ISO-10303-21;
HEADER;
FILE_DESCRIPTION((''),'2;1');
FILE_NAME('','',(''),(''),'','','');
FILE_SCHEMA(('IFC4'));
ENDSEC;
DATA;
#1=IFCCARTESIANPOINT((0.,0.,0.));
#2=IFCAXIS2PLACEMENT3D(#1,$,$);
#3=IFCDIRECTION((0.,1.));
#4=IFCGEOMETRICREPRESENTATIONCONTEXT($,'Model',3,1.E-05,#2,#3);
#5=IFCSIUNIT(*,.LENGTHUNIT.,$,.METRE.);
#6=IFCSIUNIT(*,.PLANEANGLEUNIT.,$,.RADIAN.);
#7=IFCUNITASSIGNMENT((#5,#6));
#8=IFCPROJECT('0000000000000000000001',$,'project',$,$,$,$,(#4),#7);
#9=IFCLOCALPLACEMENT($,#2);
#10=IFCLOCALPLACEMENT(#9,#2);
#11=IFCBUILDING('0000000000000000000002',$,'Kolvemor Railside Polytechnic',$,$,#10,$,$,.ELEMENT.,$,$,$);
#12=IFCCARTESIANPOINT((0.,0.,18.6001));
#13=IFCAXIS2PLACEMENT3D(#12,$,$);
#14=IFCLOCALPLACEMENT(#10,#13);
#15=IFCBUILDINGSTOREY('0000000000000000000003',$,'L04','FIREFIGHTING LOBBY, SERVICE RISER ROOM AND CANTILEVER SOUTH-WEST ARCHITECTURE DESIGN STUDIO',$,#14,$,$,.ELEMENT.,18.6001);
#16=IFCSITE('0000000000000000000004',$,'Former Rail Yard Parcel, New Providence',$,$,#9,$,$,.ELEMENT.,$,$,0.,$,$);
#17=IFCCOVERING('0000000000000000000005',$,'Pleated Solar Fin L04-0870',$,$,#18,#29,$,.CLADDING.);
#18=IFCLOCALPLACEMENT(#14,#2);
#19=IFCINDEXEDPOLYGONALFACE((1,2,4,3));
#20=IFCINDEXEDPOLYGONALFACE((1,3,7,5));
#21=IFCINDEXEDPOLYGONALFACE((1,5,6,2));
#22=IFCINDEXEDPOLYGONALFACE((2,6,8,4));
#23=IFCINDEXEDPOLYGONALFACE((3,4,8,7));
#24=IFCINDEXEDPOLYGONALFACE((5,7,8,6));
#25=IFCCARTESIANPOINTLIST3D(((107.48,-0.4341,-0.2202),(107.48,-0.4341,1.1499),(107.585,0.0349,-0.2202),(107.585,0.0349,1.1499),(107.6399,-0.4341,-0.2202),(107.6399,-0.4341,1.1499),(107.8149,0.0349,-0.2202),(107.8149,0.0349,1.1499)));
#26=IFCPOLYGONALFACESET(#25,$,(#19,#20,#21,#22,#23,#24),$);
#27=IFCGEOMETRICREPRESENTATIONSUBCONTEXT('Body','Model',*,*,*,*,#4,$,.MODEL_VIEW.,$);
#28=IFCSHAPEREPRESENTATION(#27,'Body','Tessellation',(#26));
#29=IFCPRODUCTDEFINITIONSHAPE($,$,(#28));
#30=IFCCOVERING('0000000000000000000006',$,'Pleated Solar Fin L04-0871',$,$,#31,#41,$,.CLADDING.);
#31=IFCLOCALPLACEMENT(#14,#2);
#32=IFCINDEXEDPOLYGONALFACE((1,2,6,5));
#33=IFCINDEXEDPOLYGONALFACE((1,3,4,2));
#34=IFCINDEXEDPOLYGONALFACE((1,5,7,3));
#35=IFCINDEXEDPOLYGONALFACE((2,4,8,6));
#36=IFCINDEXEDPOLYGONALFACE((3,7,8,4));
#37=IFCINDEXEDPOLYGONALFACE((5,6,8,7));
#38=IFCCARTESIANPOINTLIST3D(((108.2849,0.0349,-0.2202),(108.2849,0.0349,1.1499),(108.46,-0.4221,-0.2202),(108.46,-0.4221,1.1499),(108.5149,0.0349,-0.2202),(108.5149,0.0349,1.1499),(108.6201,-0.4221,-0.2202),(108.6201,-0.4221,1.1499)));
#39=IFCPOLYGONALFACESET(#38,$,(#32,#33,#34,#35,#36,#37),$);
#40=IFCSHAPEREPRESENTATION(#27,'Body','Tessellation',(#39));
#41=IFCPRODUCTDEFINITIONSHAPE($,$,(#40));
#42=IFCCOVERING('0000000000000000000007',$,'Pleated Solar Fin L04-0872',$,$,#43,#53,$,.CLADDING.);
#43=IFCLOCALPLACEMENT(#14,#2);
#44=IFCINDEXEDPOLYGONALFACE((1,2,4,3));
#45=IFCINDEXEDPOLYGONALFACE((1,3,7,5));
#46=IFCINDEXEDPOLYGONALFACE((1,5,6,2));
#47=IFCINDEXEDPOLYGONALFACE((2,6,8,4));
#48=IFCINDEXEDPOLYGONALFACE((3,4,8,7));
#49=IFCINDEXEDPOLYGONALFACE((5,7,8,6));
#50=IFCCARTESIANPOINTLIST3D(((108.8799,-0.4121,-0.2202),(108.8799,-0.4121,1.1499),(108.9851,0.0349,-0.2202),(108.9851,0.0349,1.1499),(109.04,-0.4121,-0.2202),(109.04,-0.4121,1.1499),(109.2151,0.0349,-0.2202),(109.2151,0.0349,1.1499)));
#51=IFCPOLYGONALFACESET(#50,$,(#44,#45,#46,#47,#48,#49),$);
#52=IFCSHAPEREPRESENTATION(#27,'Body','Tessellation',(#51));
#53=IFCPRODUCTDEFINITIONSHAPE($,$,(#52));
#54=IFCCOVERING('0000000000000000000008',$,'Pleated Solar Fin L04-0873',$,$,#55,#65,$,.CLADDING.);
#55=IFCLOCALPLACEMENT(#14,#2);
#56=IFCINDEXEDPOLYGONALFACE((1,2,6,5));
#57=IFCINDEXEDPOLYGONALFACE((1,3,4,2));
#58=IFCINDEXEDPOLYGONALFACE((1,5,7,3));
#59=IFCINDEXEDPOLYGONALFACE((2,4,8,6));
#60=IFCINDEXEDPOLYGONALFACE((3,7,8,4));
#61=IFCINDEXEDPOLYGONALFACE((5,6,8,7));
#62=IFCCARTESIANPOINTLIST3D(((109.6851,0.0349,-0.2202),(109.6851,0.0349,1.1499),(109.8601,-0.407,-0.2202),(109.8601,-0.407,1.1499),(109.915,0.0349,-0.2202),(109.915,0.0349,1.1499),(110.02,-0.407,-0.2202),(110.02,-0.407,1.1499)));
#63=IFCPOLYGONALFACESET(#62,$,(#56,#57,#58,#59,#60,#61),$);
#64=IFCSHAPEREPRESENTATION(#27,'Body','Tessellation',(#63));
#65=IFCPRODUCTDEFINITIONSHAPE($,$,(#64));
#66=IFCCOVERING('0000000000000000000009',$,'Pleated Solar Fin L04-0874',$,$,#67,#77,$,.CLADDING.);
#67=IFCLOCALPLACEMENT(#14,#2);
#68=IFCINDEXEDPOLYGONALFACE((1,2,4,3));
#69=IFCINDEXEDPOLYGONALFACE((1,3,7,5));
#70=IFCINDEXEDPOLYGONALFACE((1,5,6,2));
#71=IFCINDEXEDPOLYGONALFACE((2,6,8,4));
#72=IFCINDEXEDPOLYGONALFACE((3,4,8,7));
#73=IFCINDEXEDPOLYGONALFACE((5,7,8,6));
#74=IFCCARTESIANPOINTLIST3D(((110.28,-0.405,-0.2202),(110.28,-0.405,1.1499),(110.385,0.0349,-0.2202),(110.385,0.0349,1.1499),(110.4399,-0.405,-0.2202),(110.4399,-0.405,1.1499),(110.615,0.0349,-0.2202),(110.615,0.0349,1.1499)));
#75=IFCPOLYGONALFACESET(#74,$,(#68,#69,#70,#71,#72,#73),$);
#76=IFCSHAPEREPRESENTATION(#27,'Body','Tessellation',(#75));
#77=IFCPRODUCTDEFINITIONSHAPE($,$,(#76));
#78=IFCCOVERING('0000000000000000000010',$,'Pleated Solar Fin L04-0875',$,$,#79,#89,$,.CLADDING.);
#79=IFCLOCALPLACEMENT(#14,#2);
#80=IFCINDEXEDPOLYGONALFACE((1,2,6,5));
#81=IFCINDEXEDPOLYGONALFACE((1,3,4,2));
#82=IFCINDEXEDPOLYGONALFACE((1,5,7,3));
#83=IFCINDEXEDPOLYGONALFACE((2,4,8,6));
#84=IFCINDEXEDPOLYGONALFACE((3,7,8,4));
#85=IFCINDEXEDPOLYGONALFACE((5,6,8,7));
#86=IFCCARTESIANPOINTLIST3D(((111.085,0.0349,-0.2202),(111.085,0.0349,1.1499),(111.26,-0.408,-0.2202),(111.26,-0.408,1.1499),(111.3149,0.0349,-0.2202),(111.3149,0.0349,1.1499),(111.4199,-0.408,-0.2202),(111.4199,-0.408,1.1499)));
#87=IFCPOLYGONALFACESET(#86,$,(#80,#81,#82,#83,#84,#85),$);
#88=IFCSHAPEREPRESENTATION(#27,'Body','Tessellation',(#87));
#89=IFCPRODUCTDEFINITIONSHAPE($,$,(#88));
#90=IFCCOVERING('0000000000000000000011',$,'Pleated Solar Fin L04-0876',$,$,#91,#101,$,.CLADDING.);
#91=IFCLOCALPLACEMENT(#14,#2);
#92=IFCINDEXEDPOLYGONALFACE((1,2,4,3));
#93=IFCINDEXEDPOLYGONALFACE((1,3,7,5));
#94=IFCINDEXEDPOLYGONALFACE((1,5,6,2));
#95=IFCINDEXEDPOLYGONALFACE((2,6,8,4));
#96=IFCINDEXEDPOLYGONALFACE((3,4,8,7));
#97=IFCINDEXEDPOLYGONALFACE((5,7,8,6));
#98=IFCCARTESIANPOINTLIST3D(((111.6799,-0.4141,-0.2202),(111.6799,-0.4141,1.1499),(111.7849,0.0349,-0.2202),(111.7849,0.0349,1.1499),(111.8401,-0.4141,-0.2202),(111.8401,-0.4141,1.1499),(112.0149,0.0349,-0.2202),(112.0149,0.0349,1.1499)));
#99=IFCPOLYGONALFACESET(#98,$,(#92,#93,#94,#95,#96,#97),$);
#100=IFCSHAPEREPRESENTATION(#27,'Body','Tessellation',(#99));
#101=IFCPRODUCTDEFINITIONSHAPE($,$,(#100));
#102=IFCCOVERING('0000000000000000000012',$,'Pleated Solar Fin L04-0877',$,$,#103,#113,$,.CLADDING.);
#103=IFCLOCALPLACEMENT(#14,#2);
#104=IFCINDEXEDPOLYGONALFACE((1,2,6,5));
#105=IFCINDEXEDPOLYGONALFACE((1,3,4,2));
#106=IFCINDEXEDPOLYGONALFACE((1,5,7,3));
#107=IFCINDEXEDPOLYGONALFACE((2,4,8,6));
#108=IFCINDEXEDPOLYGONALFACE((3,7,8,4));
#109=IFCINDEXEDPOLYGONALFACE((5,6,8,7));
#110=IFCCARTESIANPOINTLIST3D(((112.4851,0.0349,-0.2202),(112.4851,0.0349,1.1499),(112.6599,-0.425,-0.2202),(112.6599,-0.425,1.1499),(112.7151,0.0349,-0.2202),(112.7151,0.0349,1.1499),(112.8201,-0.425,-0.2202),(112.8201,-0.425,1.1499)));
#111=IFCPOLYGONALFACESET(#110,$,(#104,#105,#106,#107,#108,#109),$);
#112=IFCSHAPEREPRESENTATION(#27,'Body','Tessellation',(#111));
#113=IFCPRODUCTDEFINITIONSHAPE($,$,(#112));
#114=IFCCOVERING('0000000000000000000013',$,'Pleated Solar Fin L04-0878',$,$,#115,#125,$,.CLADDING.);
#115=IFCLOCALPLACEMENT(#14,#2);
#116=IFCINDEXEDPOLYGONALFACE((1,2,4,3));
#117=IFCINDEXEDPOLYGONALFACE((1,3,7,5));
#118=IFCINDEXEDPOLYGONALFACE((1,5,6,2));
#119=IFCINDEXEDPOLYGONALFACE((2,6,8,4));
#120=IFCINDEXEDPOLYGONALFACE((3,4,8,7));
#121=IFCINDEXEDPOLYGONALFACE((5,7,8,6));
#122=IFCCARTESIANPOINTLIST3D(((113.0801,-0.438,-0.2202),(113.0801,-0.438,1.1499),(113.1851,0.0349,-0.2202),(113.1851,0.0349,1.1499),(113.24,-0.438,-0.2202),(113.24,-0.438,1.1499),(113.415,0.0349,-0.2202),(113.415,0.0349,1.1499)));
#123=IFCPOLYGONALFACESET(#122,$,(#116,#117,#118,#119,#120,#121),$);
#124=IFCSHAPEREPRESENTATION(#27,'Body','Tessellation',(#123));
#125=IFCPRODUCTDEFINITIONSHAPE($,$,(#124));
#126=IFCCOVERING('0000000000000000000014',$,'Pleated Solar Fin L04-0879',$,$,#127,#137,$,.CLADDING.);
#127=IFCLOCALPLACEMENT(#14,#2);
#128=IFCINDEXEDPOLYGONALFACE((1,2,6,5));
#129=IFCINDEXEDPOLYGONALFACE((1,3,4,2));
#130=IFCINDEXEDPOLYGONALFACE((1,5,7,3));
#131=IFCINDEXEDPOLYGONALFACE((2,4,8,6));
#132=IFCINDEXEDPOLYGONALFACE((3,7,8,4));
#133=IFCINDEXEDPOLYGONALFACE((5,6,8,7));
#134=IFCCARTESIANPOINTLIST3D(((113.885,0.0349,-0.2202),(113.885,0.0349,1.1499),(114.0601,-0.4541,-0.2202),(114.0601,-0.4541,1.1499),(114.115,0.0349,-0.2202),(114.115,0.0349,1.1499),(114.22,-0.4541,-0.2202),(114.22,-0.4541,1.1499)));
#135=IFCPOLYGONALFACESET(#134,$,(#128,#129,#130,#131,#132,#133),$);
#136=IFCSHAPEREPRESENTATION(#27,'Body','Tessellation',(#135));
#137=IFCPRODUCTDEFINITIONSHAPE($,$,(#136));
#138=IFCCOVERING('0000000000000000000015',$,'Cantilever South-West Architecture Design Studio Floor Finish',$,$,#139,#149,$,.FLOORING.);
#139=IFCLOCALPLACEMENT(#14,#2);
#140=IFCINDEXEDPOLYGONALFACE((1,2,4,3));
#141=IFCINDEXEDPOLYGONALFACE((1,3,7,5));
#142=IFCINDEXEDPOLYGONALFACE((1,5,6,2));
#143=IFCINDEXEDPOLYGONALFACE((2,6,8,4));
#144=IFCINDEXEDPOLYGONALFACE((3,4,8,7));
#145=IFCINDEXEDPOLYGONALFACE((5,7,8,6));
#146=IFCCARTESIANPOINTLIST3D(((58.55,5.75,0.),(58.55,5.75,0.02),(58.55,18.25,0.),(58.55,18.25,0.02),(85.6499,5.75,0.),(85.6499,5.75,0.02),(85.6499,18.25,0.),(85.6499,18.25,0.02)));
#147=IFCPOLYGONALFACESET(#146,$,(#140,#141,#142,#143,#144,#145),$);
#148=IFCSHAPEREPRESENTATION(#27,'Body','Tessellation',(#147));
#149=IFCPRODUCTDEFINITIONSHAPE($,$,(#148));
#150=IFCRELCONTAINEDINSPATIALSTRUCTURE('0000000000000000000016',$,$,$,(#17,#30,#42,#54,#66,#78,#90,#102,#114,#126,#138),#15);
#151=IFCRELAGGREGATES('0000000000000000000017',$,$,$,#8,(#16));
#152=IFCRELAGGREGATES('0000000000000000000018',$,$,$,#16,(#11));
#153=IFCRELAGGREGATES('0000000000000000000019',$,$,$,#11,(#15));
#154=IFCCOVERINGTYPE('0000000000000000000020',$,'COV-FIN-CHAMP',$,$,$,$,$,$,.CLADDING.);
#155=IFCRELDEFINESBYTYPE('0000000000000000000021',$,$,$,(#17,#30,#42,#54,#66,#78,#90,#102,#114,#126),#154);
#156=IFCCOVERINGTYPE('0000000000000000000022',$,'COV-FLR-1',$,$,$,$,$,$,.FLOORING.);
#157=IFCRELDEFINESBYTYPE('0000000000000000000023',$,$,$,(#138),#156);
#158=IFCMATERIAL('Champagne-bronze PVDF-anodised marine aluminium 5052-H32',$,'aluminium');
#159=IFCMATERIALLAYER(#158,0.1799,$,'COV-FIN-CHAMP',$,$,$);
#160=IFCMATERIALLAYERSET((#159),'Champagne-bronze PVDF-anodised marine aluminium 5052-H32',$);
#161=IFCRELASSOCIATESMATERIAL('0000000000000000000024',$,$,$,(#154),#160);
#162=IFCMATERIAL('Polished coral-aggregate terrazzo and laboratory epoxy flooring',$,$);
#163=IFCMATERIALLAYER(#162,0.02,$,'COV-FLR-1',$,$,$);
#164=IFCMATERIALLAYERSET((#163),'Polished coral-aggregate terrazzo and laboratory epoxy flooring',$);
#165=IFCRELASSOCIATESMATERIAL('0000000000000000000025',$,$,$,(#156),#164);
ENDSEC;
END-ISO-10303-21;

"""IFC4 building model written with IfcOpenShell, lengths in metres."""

from ifc_helpers import new_model, si_unit, direction, frame, origin, place, context, subcontext, project, spatial, polyline, outline, extrude, material, layer, layer_set, type_object, element, save


model = new_model("IFC4")

# Units and contexts
model_context = context("Model", 3, precision=1e-05, world=origin(), true_north=direction((0.0, 1.0)))
body_context = subcontext(model_context, "Body", "Model", "MODEL_VIEW")
ifc_project = project(units=[si_unit("LENGTHUNIT", "METRE"), si_unit("PLANEANGLEUNIT", "RADIAN")], contexts=[model_context])

# Site, building, storey
site_placement = place(None, origin())
site = spatial("IfcSite", under=ifc_project, at=site_placement, Name="Former Rail Yard Parcel, New Providence", CompositionType="ELEMENT", RefElevation=0.0)
building_placement = place(site_placement, origin())
building = spatial("IfcBuilding", under=site, at=building_placement, Name="Kolvemor Railside Polytechnic", CompositionType="ELEMENT")
storey_placement = place(building_placement, frame((0.0, 0.0, 18.6001)))
storey = spatial("IfcBuildingStorey", under=building, at=storey_placement, Name="L04", Description="FIREFIGHTING LOBBY, SERVICE RISER ROOM AND CANTILEVER SOUTH-WEST ARCHITECTURE DESIGN STUDIO", CompositionType="ELEMENT", Elevation=18.6001)

# Coverings
ifc_material_1 = material(Name="Champagne-bronze PVDF-anodised marine aluminium 5052-H32", Category="aluminium")
ifc_layer_1 = layer(ifc_material_1, 0.1799, Name="COV-FIN-CHAMP")
ifc_layer_set_1 = layer_set([ifc_layer_1], Name="Champagne-bronze PVDF-anodised marine aluminium 5052-H32")
covering_type_1 = type_object("IfcCoveringType", Name="COV-FIN-CHAMP", PredefinedType="CLADDING", material=ifc_layer_set_1)
covering_1_placement = place(storey_placement, frame((0.0, 0.0, -0.2202)))
element("IfcCovering", 1, at=covering_1_placement, inside=storey, type_object=covering_type_1, Name="Pleated Solar Fin L04-0870", PredefinedType="CLADDING", context=body_context, shape_type="SweptSolid", body=[
    extrude(outline(polyline([(107.585, 0.0349), (107.8149, 0.0349), (107.6399, -0.4341), (107.48, -0.4341), (107.585, 0.0349)])), origin(), (0.0, 0.0, 1.0), 1.3701),
])
covering_2_placement = place(storey_placement, frame((0.0, 0.0, -0.2202)))
element("IfcCovering", 2, at=covering_2_placement, inside=storey, type_object=covering_type_1, Name="Pleated Solar Fin L04-0871", PredefinedType="CLADDING", context=body_context, shape_type="SweptSolid", body=[
    extrude(outline(polyline([(108.2849, 0.0349), (108.5149, 0.0349), (108.6201, -0.4221), (108.46, -0.4221), (108.2849, 0.0349)])), origin(), (0.0, 0.0, 1.0), 1.3701),
])
covering_3_placement = place(storey_placement, frame((0.0, 0.0, -0.2202)))
element("IfcCovering", 3, at=covering_3_placement, inside=storey, type_object=covering_type_1, Name="Pleated Solar Fin L04-0872", PredefinedType="CLADDING", context=body_context, shape_type="SweptSolid", body=[
    extrude(outline(polyline([(108.9851, 0.0349), (109.2151, 0.0349), (109.04, -0.4121), (108.8799, -0.4121), (108.9851, 0.0349)])), origin(), (0.0, 0.0, 1.0), 1.3701),
])
covering_4_placement = place(storey_placement, frame((0.0, 0.0, -0.2202)))
element("IfcCovering", 4, at=covering_4_placement, inside=storey, type_object=covering_type_1, Name="Pleated Solar Fin L04-0873", PredefinedType="CLADDING", context=body_context, shape_type="SweptSolid", body=[
    extrude(outline(polyline([(109.6851, 0.0349), (109.915, 0.0349), (110.02, -0.407), (109.8601, -0.407), (109.6851, 0.0349)])), origin(), (0.0, 0.0, 1.0), 1.3701),
])
covering_5_placement = place(storey_placement, frame((0.0, 0.0, -0.2202)))
element("IfcCovering", 5, at=covering_5_placement, inside=storey, type_object=covering_type_1, Name="Pleated Solar Fin L04-0874", PredefinedType="CLADDING", context=body_context, shape_type="SweptSolid", body=[
    extrude(outline(polyline([(110.385, 0.0349), (110.615, 0.0349), (110.4399, -0.405), (110.28, -0.405), (110.385, 0.0349)])), origin(), (0.0, 0.0, 1.0), 1.3701),
])
covering_6_placement = place(storey_placement, frame((0.0, 0.0, -0.2202)))
element("IfcCovering", 6, at=covering_6_placement, inside=storey, type_object=covering_type_1, Name="Pleated Solar Fin L04-0875", PredefinedType="CLADDING", context=body_context, shape_type="SweptSolid", body=[
    extrude(outline(polyline([(111.085, 0.0349), (111.3149, 0.0349), (111.4199, -0.408), (111.26, -0.408), (111.085, 0.0349)])), origin(), (0.0, 0.0, 1.0), 1.3701),
])
covering_7_placement = place(storey_placement, frame((0.0, 0.0, -0.2202)))
element("IfcCovering", 7, at=covering_7_placement, inside=storey, type_object=covering_type_1, Name="Pleated Solar Fin L04-0876", PredefinedType="CLADDING", context=body_context, shape_type="SweptSolid", body=[
    extrude(outline(polyline([(111.7849, 0.0349), (112.0149, 0.0349), (111.8401, -0.4141), (111.6799, -0.4141), (111.7849, 0.0349)])), origin(), (0.0, 0.0, 1.0), 1.3701),
])
covering_8_placement = place(storey_placement, frame((0.0, 0.0, -0.2202)))
element("IfcCovering", 8, at=covering_8_placement, inside=storey, type_object=covering_type_1, Name="Pleated Solar Fin L04-0877", PredefinedType="CLADDING", context=body_context, shape_type="SweptSolid", body=[
    extrude(outline(polyline([(112.4851, 0.0349), (112.7151, 0.0349), (112.8201, -0.425), (112.6599, -0.425), (112.4851, 0.0349)])), origin(), (0.0, 0.0, 1.0), 1.3701),
])
covering_9_placement = place(storey_placement, frame((0.0, 0.0, -0.2202)))
element("IfcCovering", 9, at=covering_9_placement, inside=storey, type_object=covering_type_1, Name="Pleated Solar Fin L04-0878", PredefinedType="CLADDING", context=body_context, shape_type="SweptSolid", body=[
    extrude(outline(polyline([(113.1851, 0.0349), (113.415, 0.0349), (113.24, -0.438), (113.0801, -0.438), (113.1851, 0.0349)])), origin(), (0.0, 0.0, 1.0), 1.3701),
])
covering_10_placement = place(storey_placement, frame((0.0, 0.0, -0.2202)))
element("IfcCovering", 10, at=covering_10_placement, inside=storey, type_object=covering_type_1, Name="Pleated Solar Fin L04-0879", PredefinedType="CLADDING", context=body_context, shape_type="SweptSolid", body=[
    extrude(outline(polyline([(113.885, 0.0349), (114.115, 0.0349), (114.22, -0.4541), (114.0601, -0.4541), (113.885, 0.0349)])), origin(), (0.0, 0.0, 1.0), 1.3701),
])
ifc_material_2 = material(Name="Polished coral-aggregate terrazzo and laboratory epoxy flooring")
ifc_layer_2 = layer(ifc_material_2, 0.02, Name="COV-FLR-1")
ifc_layer_set_2 = layer_set([ifc_layer_2], Name="Polished coral-aggregate terrazzo and laboratory epoxy flooring")
covering_type_2 = type_object("IfcCoveringType", Name="COV-FLR-1", PredefinedType="FLOORING", material=ifc_layer_set_2)
covering_11_placement = place(storey_placement, origin())
element("IfcCovering", 11, at=covering_11_placement, inside=storey, type_object=covering_type_2, Name="Cantilever South-West Architecture Design Studio Floor Finish", PredefinedType="FLOORING", context=body_context, shape_type="SweptSolid", body=[
    extrude(outline(polyline([(58.55, 5.75), (85.6499, 5.75), (85.6499, 18.25), (58.55, 18.25), (58.55, 5.75)])), origin(), (0.0, 0.0, 1.0), 0.02),
])

save(model, "model.ifc")
